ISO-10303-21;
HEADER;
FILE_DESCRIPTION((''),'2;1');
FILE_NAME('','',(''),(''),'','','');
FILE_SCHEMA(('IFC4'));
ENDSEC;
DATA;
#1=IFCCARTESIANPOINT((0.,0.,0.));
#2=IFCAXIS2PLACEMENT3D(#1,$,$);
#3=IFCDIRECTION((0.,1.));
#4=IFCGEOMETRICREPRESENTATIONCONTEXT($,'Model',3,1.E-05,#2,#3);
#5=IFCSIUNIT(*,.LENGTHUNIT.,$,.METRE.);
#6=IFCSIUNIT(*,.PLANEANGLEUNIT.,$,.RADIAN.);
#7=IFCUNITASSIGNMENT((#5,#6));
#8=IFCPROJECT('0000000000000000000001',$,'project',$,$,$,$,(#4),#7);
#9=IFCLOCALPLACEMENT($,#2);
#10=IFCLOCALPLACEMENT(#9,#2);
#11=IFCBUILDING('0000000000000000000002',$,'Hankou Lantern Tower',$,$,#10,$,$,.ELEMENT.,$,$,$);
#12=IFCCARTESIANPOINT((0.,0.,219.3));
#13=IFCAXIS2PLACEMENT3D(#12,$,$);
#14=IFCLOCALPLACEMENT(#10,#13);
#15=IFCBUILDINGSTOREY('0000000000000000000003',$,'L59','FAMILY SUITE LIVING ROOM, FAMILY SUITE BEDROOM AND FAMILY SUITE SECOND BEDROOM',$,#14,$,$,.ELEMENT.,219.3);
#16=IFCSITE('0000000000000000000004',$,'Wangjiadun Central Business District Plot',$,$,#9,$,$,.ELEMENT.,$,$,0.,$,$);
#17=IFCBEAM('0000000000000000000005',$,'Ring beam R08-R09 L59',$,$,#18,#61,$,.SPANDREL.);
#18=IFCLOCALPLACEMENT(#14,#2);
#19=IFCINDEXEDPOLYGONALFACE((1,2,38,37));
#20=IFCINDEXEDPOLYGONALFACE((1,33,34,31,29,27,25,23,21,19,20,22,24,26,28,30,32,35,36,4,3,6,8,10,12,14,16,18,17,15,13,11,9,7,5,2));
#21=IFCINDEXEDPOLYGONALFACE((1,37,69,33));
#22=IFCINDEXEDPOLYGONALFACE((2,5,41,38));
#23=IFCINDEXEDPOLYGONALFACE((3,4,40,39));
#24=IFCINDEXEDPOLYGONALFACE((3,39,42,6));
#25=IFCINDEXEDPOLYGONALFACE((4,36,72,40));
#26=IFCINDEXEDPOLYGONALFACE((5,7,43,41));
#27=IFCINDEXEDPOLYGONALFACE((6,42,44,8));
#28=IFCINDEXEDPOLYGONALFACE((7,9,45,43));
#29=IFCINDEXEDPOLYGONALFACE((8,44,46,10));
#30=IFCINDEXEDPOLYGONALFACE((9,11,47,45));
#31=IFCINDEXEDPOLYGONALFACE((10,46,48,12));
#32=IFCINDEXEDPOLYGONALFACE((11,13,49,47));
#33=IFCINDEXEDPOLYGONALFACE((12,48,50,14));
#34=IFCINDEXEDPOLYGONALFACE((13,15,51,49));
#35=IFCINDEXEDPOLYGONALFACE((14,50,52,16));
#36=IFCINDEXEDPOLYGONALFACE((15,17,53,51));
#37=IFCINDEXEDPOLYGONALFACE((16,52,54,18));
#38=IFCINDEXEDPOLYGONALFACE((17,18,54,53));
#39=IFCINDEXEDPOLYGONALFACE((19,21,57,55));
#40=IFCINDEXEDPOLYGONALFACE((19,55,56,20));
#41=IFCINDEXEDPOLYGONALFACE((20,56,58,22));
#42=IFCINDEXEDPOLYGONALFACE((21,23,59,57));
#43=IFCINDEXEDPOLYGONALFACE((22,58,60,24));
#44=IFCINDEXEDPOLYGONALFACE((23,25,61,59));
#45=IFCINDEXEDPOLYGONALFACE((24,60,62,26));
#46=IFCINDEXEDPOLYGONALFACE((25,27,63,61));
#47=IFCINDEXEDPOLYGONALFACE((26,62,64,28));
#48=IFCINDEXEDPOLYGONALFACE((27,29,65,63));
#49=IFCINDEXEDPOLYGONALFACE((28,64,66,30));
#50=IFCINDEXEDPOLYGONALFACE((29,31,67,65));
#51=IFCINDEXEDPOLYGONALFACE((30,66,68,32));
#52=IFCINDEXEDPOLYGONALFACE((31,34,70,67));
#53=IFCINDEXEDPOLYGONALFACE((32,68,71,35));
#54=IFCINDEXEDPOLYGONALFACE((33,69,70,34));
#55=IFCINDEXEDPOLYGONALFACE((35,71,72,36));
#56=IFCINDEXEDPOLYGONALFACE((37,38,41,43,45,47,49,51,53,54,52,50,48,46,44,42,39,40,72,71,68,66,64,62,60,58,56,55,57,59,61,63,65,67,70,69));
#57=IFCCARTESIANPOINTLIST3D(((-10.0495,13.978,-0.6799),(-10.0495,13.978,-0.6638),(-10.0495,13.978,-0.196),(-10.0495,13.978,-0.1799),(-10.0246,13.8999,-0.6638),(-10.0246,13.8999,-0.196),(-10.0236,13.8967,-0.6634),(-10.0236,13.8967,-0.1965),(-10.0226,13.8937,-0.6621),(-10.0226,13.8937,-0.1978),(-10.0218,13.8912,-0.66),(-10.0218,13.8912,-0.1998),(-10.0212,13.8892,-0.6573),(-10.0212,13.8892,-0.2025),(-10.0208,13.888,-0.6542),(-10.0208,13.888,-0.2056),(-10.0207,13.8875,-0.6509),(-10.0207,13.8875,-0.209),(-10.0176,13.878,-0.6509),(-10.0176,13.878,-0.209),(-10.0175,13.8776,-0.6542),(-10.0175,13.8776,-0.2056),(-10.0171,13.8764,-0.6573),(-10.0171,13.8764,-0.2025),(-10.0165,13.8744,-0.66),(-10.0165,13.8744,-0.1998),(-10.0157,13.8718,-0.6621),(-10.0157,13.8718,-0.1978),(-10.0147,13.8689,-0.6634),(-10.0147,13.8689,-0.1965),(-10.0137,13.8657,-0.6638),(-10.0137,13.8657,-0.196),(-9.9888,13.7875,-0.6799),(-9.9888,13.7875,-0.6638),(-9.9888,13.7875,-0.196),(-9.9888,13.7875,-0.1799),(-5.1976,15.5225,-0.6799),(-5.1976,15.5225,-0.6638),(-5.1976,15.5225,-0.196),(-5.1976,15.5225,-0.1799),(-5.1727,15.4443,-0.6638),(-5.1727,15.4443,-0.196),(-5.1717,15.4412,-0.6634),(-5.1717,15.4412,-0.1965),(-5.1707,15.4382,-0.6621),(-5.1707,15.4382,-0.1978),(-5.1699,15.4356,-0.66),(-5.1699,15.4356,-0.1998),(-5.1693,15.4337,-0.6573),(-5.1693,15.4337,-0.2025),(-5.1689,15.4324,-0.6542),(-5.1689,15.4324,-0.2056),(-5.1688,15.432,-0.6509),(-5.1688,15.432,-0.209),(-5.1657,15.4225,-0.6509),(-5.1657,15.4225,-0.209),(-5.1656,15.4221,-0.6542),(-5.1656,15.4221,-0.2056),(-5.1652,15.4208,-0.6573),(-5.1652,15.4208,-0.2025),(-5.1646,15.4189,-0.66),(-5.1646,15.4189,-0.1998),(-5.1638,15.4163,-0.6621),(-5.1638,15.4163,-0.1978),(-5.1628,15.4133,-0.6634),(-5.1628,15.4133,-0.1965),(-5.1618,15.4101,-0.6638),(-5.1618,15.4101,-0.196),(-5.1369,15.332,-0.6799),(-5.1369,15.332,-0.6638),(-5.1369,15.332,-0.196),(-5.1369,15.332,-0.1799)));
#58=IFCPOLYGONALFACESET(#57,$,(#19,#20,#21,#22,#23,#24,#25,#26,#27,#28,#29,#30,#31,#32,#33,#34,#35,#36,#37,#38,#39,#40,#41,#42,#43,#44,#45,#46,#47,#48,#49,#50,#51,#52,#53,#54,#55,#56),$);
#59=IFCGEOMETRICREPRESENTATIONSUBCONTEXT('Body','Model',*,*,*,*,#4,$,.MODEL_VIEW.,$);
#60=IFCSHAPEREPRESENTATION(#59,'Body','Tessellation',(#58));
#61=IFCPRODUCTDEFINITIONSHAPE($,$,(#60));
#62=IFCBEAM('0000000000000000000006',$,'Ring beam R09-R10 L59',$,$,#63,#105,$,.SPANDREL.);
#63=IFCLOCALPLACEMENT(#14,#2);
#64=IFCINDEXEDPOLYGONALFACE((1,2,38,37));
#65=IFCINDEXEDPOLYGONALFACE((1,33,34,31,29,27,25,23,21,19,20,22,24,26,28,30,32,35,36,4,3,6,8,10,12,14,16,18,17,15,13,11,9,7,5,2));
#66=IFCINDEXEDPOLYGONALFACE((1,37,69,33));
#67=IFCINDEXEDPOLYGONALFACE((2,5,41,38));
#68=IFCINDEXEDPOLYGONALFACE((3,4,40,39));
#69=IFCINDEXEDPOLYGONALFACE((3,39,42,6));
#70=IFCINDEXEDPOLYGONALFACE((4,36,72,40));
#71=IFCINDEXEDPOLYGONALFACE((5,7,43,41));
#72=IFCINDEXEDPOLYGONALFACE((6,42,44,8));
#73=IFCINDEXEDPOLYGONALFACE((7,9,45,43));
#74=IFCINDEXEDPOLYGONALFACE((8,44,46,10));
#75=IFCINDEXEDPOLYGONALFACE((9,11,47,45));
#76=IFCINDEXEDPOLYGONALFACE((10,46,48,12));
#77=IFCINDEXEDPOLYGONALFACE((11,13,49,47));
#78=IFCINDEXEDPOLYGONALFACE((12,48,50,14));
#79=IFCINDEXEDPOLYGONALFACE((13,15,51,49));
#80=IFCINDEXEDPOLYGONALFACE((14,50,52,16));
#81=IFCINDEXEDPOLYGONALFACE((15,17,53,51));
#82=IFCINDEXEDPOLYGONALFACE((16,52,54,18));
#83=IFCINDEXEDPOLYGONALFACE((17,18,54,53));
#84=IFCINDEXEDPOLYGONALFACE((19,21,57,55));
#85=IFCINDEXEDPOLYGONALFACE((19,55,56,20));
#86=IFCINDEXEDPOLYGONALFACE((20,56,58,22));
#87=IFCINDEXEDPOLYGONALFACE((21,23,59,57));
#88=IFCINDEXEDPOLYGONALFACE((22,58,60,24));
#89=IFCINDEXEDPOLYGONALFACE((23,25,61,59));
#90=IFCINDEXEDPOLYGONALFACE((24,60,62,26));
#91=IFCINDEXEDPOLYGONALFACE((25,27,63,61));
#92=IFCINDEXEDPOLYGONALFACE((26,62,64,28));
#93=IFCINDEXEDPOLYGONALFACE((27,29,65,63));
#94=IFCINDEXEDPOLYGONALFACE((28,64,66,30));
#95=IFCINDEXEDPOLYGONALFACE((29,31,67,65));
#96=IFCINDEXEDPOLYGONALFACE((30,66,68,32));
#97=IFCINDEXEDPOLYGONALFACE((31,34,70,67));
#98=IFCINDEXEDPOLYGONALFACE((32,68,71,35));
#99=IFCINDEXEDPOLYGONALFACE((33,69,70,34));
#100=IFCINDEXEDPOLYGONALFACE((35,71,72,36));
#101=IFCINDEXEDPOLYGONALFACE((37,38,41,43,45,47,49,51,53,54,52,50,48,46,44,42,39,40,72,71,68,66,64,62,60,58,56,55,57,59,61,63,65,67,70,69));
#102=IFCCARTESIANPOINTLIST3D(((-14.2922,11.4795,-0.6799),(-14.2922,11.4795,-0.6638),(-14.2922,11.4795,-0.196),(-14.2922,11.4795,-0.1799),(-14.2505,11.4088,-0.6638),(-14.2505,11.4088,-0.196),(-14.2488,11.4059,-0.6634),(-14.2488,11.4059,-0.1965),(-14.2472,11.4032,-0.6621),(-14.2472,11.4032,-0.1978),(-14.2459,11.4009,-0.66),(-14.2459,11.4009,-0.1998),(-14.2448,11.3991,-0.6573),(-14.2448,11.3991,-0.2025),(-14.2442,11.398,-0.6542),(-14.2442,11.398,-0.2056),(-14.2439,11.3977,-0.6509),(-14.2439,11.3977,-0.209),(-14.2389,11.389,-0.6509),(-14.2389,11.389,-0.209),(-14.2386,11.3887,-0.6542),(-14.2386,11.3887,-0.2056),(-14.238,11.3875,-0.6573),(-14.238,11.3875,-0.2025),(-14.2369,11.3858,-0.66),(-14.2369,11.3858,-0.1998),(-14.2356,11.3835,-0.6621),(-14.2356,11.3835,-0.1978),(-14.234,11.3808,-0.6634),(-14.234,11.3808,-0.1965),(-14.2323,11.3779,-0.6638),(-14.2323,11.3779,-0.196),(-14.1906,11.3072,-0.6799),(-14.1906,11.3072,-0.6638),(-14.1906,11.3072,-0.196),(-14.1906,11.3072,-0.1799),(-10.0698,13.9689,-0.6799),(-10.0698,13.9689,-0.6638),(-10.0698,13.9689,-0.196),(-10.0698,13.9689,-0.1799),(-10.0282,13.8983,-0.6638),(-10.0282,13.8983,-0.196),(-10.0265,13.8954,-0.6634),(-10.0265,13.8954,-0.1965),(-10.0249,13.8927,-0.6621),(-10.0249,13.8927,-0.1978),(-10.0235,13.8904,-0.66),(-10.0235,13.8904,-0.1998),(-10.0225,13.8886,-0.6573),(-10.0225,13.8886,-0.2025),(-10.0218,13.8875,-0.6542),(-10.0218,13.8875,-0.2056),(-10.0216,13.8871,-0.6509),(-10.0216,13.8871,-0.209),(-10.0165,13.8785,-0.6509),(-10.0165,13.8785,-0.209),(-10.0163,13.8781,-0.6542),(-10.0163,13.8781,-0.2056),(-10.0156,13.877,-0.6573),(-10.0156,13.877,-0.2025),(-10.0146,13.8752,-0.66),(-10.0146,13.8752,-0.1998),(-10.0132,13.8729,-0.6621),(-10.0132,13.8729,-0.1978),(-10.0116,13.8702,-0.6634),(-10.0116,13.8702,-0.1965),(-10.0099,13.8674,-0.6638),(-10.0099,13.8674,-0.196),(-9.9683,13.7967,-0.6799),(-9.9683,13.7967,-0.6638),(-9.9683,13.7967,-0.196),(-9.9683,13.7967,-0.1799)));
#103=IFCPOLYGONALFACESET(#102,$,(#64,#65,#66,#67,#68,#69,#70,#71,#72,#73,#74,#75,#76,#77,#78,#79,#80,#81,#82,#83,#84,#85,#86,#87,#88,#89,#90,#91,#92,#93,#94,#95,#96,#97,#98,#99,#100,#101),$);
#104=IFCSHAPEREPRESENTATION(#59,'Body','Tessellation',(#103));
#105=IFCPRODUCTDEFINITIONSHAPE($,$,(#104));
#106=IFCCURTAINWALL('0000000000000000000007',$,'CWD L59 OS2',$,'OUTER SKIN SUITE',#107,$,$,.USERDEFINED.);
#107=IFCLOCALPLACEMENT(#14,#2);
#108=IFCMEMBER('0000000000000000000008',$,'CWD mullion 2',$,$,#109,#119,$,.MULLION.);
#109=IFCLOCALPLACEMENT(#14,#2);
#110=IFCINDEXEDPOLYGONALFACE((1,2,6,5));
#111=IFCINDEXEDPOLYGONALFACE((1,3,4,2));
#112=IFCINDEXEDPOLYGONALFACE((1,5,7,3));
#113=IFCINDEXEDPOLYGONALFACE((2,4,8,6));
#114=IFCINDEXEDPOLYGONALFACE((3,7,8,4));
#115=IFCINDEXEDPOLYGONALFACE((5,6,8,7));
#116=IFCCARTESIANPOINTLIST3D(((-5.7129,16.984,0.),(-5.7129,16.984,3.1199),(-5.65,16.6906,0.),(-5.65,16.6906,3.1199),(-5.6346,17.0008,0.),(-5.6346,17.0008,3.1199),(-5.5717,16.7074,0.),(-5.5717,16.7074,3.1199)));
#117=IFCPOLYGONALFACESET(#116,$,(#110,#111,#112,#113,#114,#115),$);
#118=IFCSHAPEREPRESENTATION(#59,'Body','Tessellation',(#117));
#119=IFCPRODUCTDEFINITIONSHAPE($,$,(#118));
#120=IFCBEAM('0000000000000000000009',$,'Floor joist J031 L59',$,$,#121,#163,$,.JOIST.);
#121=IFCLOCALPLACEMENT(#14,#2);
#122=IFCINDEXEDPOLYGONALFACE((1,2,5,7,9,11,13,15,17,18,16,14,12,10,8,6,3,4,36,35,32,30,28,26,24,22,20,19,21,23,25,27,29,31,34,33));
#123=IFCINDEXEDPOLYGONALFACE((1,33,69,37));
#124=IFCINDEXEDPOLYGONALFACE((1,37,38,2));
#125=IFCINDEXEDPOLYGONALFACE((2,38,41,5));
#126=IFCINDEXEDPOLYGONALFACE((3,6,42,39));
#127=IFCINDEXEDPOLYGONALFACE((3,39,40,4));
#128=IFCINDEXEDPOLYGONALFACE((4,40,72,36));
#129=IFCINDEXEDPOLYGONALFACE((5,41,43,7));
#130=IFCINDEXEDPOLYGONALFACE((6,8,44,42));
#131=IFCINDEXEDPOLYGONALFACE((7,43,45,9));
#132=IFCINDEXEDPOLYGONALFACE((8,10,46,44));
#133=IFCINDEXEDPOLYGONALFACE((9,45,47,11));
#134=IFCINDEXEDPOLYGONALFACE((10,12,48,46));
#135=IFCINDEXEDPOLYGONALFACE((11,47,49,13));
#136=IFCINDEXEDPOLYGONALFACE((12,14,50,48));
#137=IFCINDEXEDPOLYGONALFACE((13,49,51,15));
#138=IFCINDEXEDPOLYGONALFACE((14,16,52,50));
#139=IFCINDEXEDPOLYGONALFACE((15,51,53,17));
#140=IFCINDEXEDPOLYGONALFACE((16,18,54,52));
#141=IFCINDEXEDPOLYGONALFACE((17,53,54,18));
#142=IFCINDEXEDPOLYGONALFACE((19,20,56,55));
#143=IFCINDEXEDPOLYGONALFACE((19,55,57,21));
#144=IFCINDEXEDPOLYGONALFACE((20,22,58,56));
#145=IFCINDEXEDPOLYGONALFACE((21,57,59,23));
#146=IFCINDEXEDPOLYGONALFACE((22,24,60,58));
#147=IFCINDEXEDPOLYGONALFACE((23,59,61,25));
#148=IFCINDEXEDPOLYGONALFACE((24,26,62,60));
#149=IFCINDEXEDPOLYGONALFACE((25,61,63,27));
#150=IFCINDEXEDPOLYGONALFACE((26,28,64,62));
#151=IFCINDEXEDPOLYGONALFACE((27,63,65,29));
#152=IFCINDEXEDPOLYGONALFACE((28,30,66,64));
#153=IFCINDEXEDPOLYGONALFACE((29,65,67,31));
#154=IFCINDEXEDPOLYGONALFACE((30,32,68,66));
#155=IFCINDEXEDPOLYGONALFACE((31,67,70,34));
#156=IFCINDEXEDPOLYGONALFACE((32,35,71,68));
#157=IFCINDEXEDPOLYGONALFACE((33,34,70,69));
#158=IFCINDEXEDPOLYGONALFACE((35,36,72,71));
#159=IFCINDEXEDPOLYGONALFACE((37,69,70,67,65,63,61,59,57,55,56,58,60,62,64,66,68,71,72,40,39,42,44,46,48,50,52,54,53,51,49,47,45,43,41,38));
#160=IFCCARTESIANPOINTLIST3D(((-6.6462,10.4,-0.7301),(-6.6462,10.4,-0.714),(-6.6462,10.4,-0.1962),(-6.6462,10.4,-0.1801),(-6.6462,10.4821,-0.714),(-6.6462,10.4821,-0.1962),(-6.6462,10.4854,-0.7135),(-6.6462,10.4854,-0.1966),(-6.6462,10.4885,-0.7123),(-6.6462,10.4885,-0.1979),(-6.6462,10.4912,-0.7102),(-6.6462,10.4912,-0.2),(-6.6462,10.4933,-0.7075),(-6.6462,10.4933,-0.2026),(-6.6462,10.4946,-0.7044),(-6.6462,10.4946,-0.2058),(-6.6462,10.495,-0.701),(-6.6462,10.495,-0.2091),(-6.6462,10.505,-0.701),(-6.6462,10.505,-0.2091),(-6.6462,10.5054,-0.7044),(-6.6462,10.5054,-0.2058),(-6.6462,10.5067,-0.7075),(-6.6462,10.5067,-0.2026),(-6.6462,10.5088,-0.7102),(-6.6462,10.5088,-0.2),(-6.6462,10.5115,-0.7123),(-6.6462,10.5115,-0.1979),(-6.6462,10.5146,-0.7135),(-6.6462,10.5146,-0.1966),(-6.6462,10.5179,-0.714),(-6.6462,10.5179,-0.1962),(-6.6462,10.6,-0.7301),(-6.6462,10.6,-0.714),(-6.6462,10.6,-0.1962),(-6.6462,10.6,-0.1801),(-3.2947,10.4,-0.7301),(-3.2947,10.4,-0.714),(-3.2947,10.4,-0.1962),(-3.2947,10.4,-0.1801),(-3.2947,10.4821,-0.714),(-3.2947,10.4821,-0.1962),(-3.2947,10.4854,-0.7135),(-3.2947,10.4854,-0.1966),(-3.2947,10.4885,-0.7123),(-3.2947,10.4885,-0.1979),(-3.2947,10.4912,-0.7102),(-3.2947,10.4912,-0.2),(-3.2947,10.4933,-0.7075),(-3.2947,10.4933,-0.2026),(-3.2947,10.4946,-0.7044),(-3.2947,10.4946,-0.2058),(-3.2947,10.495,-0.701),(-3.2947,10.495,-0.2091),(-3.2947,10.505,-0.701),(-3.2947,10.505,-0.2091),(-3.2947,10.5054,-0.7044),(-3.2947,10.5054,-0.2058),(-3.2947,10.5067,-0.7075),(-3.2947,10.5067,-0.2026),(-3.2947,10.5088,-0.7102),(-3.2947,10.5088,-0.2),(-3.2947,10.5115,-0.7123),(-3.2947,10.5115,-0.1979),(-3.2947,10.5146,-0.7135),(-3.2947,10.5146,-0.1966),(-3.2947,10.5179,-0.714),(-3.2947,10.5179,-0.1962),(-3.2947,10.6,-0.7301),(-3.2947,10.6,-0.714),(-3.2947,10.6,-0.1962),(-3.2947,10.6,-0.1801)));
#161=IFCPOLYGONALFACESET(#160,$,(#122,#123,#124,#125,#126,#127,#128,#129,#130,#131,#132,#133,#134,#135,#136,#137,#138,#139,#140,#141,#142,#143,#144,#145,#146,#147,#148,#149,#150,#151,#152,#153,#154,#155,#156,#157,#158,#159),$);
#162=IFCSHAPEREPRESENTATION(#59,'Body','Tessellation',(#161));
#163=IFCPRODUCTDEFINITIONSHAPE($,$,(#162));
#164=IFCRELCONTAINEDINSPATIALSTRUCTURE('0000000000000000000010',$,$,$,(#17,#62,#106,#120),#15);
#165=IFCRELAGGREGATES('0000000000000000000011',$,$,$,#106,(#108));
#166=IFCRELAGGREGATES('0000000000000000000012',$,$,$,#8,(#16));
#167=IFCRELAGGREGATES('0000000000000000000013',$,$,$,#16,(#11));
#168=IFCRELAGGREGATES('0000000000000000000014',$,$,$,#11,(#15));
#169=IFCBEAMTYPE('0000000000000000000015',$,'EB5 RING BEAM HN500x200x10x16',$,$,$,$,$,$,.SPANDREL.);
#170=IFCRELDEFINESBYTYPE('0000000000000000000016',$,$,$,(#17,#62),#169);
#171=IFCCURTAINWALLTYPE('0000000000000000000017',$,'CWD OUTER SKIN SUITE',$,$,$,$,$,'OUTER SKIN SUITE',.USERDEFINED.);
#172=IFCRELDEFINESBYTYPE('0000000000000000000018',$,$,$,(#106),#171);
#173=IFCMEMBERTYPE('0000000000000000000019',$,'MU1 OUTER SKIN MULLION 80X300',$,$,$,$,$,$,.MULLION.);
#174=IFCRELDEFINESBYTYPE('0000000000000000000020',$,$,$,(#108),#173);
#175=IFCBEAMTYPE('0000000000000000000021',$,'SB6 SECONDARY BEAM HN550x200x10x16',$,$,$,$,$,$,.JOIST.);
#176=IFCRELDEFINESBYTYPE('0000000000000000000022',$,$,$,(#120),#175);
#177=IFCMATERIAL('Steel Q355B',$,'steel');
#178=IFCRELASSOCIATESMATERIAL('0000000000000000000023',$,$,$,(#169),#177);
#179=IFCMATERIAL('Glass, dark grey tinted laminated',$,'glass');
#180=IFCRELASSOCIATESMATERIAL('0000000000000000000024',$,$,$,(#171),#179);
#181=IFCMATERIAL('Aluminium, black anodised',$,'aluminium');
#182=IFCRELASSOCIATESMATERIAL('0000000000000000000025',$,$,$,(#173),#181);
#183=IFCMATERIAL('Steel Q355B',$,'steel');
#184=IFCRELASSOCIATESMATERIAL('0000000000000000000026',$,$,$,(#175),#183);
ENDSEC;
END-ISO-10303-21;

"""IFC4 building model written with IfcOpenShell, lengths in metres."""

from ifc_helpers import new_model, si_unit, direction, frame, origin, origin_2d, place, context, subcontext, project, spatial, rectangle, i_section, extrude, material, material_profile, profile_set, type_object, element, aggregate, save


model = new_model("IFC4")

# Units and contexts
model_context = context("Model", 3, precision=1e-05, world=origin(), true_north=direction((0.0, 1.0)))
body_context = subcontext(model_context, "Body", "Model", "MODEL_VIEW")
ifc_project = project(units=[si_unit("LENGTHUNIT", "METRE"), si_unit("PLANEANGLEUNIT", "RADIAN")], contexts=[model_context])

# Site, building, storey
site_placement = place(None, origin())
site = spatial("IfcSite", under=ifc_project, at=site_placement, Name="Wangjiadun Central Business District Plot", CompositionType="ELEMENT", RefElevation=0.0)
building_placement = place(site_placement, origin())
building = spatial("IfcBuilding", under=site, at=building_placement, Name="Hankou Lantern Tower", CompositionType="ELEMENT")
storey_placement = place(building_placement, frame((0.0, 0.0, 219.3)))
storey = spatial("IfcBuildingStorey", under=building, at=storey_placement, Name="L59", Description="FAMILY SUITE LIVING ROOM, FAMILY SUITE BEDROOM AND FAMILY SUITE SECOND BEDROOM", CompositionType="ELEMENT", Elevation=219.3)

# Beams
ifc_material_1 = material(Name="Steel Q355B", Category="steel")
ifc_material_profile_1 = material_profile(ifc_material_1, i_section(OverallWidth=0.2, OverallDepth=0.5, WebThickness=0.01, FlangeThickness=0.0161, FilletRadius=0.0129, at=origin_2d()), Name="HN500x200x10x16")
ifc_profile_set_1 = profile_set([ifc_material_profile_1], Name="Steel Q355B")
beam_type_1 = type_object("IfcBeamType", Name="EB5 RING BEAM HN500x200x10x16", PredefinedType="SPANDREL", material=ifc_profile_set_1)
beam_1_placement = place(storey_placement, frame((-5.1672, 15.4272, -0.4299), z_axis=(-0.952887, -0.303324, 0.0), x_axis=(0.303324, -0.952887, 0.0)))
element("IfcBeam", 1, at=beam_1_placement, inside=storey, type_object=beam_type_1, Name="Ring beam R08-R09 L59", PredefinedType="SPANDREL", context=body_context, shape_type="SweptSolid", body=[
    extrude(i_section(OverallWidth=0.2, OverallDepth=0.5, WebThickness=0.01, FlangeThickness=0.0161, FilletRadius=0.0129, at=origin_2d()), origin(), (0.0, 0.0, 1.0), 5.0918),
])
beam_2_placement = place(storey_placement, frame((-10.019, 13.8828, -0.4299), z_axis=(-0.861423, -0.507888, 0.0), x_axis=(0.507888, -0.861423, 0.0)))
element("IfcBeam", 2, at=beam_2_placement, inside=storey, type_object=beam_type_1, Name="Ring beam R09-R10 L59", PredefinedType="SPANDREL", context=body_context, shape_type="SweptSolid", body=[
    extrude(i_section(OverallWidth=0.2, OverallDepth=0.5, WebThickness=0.01, FlangeThickness=0.0161, FilletRadius=0.0129, at=origin_2d()), origin(), (0.0, 0.0, 1.0), 4.9016),
])

# Curtain wall, member
ifc_material_2 = material(Name="Glass, dark grey tinted laminated", Category="glass")
curtain_wall_type = type_object("IfcCurtainWallType", Name="CWD OUTER SKIN SUITE", ElementType="OUTER SKIN SUITE", PredefinedType="USERDEFINED", material=ifc_material_2)
curtain_wall_placement = place(storey_placement, origin())
curtain_wall = element("IfcCurtainWall", 3, at=curtain_wall_placement, inside=storey, type_object=curtain_wall_type, Name="CWD L59 OS2", ObjectType="OUTER SKIN SUITE", PredefinedType="USERDEFINED")
ifc_material_3 = material(Name="Aluminium, black anodised", Category="aluminium")
ifc_material_profile_2 = material_profile(ifc_material_3, rectangle(XDim=0.0801, YDim=0.3, at=origin_2d()), Name="MU1 80X300")
ifc_profile_set_2 = profile_set([ifc_material_profile_2], Name="Aluminium, black anodised")
member_type_1 = type_object("IfcMemberType", Name="MU1 OUTER SKIN MULLION 80X300", PredefinedType="MULLION", material=ifc_profile_set_2)
member_1_placement = place(storey_placement, frame((-5.6423, 16.8457, 0.0), z_axis=(0.0, 0.0, 1.0), x_axis=(-0.977788, -0.209598, 0.0)))
member_1 = element("IfcMember", 4, at=member_1_placement, type_object=member_type_1, Name="CWD mullion 2", PredefinedType="MULLION", context=body_context, shape_type="SweptSolid", body=[
    extrude(rectangle(XDim=0.0801, YDim=0.3, at=origin_2d()), origin(), (0.0, 0.0, 1.0), 3.1199),
])

# Beam
ifc_material_4 = material(Name="Steel Q355B", Category="steel")
ifc_material_profile_3 = material_profile(ifc_material_4, i_section(OverallWidth=0.2, OverallDepth=0.55, WebThickness=0.01, FlangeThickness=0.0161, FilletRadius=0.0129, at=origin_2d()), Name="HN550x200x10x16")
ifc_profile_set_3 = profile_set([ifc_material_profile_3], Name="Steel Q355B")
beam_type_2 = type_object("IfcBeamType", Name="SB6 SECONDARY BEAM HN550x200x10x16", PredefinedType="JOIST", material=ifc_profile_set_3)
beam_3_placement = place(storey_placement, frame((-6.6462, 10.5, -0.4551), z_axis=(1.0, 0.0, 0.0), x_axis=(0.0, 1.0, 0.0)))
element("IfcBeam", 5, at=beam_3_placement, inside=storey, type_object=beam_type_2, Name="Floor joist J031 L59", PredefinedType="JOIST", context=body_context, shape_type="SweptSolid", body=[
    extrude(i_section(OverallWidth=0.2, OverallDepth=0.55, WebThickness=0.01, FlangeThickness=0.0161, FilletRadius=0.0129, at=origin_2d()), origin(), (0.0, 0.0, 1.0), 3.3516),
])

aggregate(curtain_wall, [member_1])

save(model, "model.ifc")
